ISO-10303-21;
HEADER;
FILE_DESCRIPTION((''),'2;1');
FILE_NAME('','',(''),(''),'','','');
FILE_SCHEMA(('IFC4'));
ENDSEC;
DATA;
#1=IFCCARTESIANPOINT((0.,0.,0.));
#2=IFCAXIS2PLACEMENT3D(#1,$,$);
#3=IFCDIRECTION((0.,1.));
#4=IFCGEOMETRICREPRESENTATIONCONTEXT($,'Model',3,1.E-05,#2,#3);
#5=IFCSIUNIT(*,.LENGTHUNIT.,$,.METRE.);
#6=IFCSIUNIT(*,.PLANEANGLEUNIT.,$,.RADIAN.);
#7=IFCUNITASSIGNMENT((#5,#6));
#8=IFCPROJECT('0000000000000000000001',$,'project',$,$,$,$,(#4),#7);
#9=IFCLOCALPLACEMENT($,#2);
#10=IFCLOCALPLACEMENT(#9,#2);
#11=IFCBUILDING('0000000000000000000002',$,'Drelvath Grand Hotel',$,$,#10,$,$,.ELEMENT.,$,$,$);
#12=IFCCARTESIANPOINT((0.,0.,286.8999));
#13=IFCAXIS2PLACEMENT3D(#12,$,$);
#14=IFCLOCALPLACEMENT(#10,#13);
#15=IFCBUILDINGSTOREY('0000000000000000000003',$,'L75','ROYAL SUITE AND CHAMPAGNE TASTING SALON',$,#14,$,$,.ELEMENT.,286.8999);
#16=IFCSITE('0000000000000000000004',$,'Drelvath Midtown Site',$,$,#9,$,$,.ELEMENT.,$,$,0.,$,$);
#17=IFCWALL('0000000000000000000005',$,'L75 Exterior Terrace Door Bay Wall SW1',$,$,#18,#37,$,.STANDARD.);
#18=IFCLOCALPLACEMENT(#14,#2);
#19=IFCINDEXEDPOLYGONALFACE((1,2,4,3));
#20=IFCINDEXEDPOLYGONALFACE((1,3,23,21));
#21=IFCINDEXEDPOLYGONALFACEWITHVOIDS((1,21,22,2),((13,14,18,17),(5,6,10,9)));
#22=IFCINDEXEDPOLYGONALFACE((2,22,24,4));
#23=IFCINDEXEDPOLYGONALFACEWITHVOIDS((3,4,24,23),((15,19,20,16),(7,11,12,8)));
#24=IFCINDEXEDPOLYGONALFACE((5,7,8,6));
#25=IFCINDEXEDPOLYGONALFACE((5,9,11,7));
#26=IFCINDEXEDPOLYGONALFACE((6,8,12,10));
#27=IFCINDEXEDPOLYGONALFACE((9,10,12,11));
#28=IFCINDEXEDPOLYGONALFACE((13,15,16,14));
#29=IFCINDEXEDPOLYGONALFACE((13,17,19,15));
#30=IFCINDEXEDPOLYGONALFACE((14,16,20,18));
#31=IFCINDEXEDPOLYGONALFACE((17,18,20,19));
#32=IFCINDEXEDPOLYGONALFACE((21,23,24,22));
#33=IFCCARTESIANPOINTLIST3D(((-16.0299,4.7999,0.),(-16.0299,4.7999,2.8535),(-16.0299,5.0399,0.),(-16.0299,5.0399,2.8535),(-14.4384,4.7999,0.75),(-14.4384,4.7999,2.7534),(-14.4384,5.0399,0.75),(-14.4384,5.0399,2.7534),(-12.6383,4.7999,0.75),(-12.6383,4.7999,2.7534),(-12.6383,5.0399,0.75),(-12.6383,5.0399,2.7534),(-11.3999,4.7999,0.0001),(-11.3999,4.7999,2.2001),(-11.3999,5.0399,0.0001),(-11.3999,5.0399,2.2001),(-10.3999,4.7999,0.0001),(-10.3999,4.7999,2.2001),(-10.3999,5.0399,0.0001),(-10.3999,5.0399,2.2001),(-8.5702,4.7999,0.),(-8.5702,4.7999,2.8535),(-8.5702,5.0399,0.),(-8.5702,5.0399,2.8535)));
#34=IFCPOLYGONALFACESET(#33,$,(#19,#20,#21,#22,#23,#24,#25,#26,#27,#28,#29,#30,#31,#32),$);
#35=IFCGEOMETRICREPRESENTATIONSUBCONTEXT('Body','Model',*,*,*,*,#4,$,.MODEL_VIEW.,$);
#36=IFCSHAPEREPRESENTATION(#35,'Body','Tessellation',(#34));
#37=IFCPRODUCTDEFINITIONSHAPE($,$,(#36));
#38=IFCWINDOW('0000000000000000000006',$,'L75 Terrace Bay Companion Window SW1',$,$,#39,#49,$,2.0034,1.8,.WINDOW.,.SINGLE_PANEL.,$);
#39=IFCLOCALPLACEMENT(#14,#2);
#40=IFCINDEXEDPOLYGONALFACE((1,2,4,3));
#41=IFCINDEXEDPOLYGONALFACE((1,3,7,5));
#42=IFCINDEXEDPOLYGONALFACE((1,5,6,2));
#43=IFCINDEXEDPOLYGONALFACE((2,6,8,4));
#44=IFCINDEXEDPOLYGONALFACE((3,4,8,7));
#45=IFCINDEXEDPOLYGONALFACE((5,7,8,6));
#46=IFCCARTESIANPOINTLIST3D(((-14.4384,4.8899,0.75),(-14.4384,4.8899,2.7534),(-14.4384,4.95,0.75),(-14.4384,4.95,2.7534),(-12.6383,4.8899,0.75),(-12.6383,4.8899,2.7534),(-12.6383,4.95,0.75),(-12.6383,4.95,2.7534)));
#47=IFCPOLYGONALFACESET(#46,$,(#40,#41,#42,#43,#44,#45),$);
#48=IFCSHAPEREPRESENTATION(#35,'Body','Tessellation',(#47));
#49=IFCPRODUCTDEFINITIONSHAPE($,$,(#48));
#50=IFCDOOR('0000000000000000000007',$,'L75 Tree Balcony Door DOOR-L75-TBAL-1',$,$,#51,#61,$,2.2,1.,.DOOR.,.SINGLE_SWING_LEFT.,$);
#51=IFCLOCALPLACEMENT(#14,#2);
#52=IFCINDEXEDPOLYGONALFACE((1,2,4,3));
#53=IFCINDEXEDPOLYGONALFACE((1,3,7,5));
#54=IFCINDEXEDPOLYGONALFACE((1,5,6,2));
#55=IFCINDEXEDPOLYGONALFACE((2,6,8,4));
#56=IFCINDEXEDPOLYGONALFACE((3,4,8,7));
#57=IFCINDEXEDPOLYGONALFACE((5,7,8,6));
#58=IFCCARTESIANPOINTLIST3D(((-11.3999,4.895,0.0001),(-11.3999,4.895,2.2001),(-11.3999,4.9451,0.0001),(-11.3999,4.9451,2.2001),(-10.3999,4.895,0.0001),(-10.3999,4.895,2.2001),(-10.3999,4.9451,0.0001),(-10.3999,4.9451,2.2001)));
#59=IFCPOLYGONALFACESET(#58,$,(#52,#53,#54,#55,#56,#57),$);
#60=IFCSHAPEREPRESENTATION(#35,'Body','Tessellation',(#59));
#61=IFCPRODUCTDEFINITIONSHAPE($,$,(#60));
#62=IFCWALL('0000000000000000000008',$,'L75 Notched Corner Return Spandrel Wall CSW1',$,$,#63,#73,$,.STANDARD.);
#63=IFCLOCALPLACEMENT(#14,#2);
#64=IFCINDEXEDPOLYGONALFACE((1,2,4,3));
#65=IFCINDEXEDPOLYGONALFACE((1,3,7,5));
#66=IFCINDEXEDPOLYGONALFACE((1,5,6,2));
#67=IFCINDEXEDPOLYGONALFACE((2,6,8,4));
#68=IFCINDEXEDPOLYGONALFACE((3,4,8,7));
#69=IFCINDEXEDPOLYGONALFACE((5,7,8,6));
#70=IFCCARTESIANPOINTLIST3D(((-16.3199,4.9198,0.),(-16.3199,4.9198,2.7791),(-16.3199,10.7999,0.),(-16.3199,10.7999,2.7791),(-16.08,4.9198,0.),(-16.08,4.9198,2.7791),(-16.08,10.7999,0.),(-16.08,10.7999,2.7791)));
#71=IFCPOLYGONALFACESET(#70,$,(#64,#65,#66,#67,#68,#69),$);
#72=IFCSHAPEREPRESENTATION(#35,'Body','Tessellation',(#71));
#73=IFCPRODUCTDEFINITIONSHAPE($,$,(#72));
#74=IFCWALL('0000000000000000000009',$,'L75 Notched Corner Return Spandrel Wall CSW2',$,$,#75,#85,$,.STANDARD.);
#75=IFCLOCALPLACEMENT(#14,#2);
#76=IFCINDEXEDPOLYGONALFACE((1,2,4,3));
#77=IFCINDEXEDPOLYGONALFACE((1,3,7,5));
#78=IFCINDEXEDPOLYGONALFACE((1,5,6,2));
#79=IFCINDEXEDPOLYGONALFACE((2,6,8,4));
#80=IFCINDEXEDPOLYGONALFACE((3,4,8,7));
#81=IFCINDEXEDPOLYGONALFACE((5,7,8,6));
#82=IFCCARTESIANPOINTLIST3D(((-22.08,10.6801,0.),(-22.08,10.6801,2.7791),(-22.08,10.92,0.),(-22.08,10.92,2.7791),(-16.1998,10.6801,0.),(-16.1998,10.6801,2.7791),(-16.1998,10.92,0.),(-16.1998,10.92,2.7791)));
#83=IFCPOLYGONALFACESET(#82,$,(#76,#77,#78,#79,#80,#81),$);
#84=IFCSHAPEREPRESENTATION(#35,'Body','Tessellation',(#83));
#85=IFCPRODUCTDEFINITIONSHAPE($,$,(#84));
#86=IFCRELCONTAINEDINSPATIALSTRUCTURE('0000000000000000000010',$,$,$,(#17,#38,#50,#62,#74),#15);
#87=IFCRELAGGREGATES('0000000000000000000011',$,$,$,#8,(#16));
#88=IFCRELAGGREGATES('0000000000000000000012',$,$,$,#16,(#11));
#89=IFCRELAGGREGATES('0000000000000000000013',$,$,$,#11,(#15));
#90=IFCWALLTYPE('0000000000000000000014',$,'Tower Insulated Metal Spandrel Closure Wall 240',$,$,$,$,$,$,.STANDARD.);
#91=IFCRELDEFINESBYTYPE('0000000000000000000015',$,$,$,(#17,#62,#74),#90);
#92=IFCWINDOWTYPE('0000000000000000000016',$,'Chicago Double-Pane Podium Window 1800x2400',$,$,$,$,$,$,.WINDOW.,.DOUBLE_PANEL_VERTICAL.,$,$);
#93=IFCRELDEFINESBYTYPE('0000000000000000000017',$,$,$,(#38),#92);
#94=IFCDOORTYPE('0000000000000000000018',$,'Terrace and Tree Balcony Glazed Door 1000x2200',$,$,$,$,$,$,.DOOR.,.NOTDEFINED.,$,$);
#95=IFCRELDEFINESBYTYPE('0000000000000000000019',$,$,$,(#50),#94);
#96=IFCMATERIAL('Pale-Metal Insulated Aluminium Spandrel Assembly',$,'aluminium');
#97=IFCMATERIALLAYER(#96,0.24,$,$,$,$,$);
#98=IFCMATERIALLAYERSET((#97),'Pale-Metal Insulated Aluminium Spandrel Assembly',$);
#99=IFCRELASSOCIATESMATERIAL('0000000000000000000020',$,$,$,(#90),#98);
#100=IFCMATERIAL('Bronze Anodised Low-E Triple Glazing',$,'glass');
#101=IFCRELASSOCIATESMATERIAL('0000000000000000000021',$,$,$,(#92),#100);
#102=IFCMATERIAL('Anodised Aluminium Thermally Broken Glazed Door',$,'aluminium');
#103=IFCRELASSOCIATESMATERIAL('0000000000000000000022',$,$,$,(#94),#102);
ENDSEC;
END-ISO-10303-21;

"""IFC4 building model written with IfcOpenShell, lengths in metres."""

from ifc_helpers import new_model, si_unit, direction, frame, frame_2d, origin, place, context, subcontext, project, spatial, rectangle, extrude, material, layer, layer_set, type_object, element, fill, save


model = new_model("IFC4")

# Units and contexts
model_context = context("Model", 3, precision=1e-05, world=origin(), true_north=direction((0.0, 1.0)))
body_context = subcontext(model_context, "Body", "Model", "MODEL_VIEW")
ifc_project = project(units=[si_unit("LENGTHUNIT", "METRE"), si_unit("PLANEANGLEUNIT", "RADIAN")], contexts=[model_context])

# Site, building, storey
site_placement = place(None, origin())
site = spatial("IfcSite", under=ifc_project, at=site_placement, Name="Drelvath Midtown Site", CompositionType="ELEMENT", RefElevation=0.0)
building_placement = place(site_placement, origin())
building = spatial("IfcBuilding", under=site, at=building_placement, Name="Drelvath Grand Hotel", CompositionType="ELEMENT")
storey_placement = place(building_placement, frame((0.0, 0.0, 286.8999)))
storey = spatial("IfcBuildingStorey", under=building, at=storey_placement, Name="L75", Description="ROYAL SUITE AND CHAMPAGNE TASTING SALON", CompositionType="ELEMENT", Elevation=286.8999)

# Wall, openings, window, door
ifc_material_1 = material(Name="Pale-Metal Insulated Aluminium Spandrel Assembly", Category="aluminium")
ifc_layer_1 = layer(ifc_material_1, 0.24)
ifc_layer_set_1 = layer_set([ifc_layer_1], Name="Pale-Metal Insulated Aluminium Spandrel Assembly")
wall_type_1 = type_object("IfcWallType", Name="Tower Insulated Metal Spandrel Closure Wall 240", PredefinedType="STANDARD", material=ifc_layer_set_1)
wall_1_placement = place(storey_placement, frame((-8.5701, 4.9199, 0.0), z_axis=(0.0, 0.0, 1.0), x_axis=(-1.0, 0.0, 0.0)))
wall_1 = element("IfcWall", 1, at=wall_1_placement, inside=storey, type_object=wall_type_1, Name="L75 Exterior Terrace Door Bay Wall SW1", PredefinedType="STANDARD", context=body_context, shape_type="SweptSolid", body=[
    extrude(rectangle(XDim=7.4597, YDim=0.24, at=frame_2d((3.73, 0.0))), origin(), (0.0, 0.0, 1.0), 2.8535),
])
opening_1_placement = place(wall_1_placement, frame((1.8298, 0.0, 0.0)))
opening_1 = element("IfcOpeningElement", 2, at=opening_1_placement, cuts=wall_1, PredefinedType="OPENING", context=body_context, shape_type="SweptSolid", body=[
    extrude(rectangle(XDim=1.0, YDim=2.2, at=frame_2d((0.5, 1.1001))), frame((0.0, 0.1299, 0.0), z_axis=(0.0, -1.0, 0.0), x_axis=(1.0, 0.0, 0.0)), (0.0, 0.0, 1.0), 0.26),
])
opening_2_placement = place(wall_1_placement, frame((4.0684, 0.0, 0.75)))
opening_2 = element("IfcOpeningElement", 3, at=opening_2_placement, cuts=wall_1, PredefinedType="OPENING", context=body_context, shape_type="SweptSolid", body=[
    extrude(rectangle(XDim=1.8, YDim=2.0034, at=frame_2d((0.8999, 1.0017))), frame((0.0, 0.1299, 0.0), z_axis=(0.0, -1.0, 0.0), x_axis=(1.0, 0.0, 0.0)), (0.0, 0.0, 1.0), 0.26),
])
ifc_material_2 = material(Name="Bronze Anodised Low-E Triple Glazing", Category="glass")
window_type = type_object("IfcWindowType", Name="Chicago Double-Pane Podium Window 1800x2400", PartitioningType="DOUBLE_PANEL_VERTICAL", PredefinedType="WINDOW", material=ifc_material_2)
window_placement = place(opening_2_placement, origin())
window = element("IfcWindow", 4, at=window_placement, inside=storey, type_object=window_type, Name="L75 Terrace Bay Companion Window SW1", OverallHeight=2.0034, OverallWidth=1.8, PartitioningType="SINGLE_PANEL", PredefinedType="WINDOW", context=body_context, shape_type="SweptSolid", body=[
    extrude(rectangle(XDim=1.8, YDim=2.0034, at=frame_2d((0.8999, 1.0017))), frame((0.0, 0.03, 0.0), z_axis=(0.0, -1.0, 0.0), x_axis=(1.0, 0.0, 0.0)), (0.0, 0.0, 1.0), 0.0601),
])
fill(opening_2, window)
ifc_material_3 = material(Name="Anodised Aluminium Thermally Broken Glazed Door", Category="aluminium")
door_type = type_object("IfcDoorType", Name="Terrace and Tree Balcony Glazed Door 1000x2200", OperationType="NOTDEFINED", PredefinedType="DOOR", material=ifc_material_3)
door_placement = place(opening_1_placement, origin())
door = element("IfcDoor", 5, at=door_placement, inside=storey, type_object=door_type, Name="L75 Tree Balcony Door DOOR-L75-TBAL-1", OperationType="SINGLE_SWING_LEFT", OverallHeight=2.2, OverallWidth=1.0, PredefinedType="DOOR", context=body_context, shape_type="SweptSolid", body=[
    extrude(rectangle(XDim=1.0, YDim=2.2, at=frame_2d((0.5, 1.1001))), frame((0.0, 0.0249, 0.0), z_axis=(0.0, -1.0, 0.0), x_axis=(1.0, 0.0, 0.0)), (0.0, 0.0, 1.0), 0.05),
])
fill(opening_1, door)

# Walls
for number, where, z_axis, x_axis, name in (
    (6, (-16.2, 4.9199, 0.0), (0.0, 0.0, 1.0), (0.0, 1.0, 0.0), "L75 Notched Corner Return Spandrel Wall CSW1"),
    (7, (-16.2, 10.8, 0.0), (0.0, 0.0, 1.0), (-1.0, 0.0, 0.0), "L75 Notched Corner Return Spandrel Wall CSW2"),
):
    element("IfcWall", number, at=place(storey_placement, frame(where, z_axis=z_axis, x_axis=x_axis)), inside=storey, type_object=wall_type_1, Name=name, PredefinedType="STANDARD", context=body_context, shape_type="SweptSolid", body=[
        extrude(rectangle(XDim=5.8801, YDim=0.24, at=frame_2d((2.9399, 0.0))), origin(), (0.0, 0.0, 1.0), 2.7791),
    ])

save(model, "model.ifc")
